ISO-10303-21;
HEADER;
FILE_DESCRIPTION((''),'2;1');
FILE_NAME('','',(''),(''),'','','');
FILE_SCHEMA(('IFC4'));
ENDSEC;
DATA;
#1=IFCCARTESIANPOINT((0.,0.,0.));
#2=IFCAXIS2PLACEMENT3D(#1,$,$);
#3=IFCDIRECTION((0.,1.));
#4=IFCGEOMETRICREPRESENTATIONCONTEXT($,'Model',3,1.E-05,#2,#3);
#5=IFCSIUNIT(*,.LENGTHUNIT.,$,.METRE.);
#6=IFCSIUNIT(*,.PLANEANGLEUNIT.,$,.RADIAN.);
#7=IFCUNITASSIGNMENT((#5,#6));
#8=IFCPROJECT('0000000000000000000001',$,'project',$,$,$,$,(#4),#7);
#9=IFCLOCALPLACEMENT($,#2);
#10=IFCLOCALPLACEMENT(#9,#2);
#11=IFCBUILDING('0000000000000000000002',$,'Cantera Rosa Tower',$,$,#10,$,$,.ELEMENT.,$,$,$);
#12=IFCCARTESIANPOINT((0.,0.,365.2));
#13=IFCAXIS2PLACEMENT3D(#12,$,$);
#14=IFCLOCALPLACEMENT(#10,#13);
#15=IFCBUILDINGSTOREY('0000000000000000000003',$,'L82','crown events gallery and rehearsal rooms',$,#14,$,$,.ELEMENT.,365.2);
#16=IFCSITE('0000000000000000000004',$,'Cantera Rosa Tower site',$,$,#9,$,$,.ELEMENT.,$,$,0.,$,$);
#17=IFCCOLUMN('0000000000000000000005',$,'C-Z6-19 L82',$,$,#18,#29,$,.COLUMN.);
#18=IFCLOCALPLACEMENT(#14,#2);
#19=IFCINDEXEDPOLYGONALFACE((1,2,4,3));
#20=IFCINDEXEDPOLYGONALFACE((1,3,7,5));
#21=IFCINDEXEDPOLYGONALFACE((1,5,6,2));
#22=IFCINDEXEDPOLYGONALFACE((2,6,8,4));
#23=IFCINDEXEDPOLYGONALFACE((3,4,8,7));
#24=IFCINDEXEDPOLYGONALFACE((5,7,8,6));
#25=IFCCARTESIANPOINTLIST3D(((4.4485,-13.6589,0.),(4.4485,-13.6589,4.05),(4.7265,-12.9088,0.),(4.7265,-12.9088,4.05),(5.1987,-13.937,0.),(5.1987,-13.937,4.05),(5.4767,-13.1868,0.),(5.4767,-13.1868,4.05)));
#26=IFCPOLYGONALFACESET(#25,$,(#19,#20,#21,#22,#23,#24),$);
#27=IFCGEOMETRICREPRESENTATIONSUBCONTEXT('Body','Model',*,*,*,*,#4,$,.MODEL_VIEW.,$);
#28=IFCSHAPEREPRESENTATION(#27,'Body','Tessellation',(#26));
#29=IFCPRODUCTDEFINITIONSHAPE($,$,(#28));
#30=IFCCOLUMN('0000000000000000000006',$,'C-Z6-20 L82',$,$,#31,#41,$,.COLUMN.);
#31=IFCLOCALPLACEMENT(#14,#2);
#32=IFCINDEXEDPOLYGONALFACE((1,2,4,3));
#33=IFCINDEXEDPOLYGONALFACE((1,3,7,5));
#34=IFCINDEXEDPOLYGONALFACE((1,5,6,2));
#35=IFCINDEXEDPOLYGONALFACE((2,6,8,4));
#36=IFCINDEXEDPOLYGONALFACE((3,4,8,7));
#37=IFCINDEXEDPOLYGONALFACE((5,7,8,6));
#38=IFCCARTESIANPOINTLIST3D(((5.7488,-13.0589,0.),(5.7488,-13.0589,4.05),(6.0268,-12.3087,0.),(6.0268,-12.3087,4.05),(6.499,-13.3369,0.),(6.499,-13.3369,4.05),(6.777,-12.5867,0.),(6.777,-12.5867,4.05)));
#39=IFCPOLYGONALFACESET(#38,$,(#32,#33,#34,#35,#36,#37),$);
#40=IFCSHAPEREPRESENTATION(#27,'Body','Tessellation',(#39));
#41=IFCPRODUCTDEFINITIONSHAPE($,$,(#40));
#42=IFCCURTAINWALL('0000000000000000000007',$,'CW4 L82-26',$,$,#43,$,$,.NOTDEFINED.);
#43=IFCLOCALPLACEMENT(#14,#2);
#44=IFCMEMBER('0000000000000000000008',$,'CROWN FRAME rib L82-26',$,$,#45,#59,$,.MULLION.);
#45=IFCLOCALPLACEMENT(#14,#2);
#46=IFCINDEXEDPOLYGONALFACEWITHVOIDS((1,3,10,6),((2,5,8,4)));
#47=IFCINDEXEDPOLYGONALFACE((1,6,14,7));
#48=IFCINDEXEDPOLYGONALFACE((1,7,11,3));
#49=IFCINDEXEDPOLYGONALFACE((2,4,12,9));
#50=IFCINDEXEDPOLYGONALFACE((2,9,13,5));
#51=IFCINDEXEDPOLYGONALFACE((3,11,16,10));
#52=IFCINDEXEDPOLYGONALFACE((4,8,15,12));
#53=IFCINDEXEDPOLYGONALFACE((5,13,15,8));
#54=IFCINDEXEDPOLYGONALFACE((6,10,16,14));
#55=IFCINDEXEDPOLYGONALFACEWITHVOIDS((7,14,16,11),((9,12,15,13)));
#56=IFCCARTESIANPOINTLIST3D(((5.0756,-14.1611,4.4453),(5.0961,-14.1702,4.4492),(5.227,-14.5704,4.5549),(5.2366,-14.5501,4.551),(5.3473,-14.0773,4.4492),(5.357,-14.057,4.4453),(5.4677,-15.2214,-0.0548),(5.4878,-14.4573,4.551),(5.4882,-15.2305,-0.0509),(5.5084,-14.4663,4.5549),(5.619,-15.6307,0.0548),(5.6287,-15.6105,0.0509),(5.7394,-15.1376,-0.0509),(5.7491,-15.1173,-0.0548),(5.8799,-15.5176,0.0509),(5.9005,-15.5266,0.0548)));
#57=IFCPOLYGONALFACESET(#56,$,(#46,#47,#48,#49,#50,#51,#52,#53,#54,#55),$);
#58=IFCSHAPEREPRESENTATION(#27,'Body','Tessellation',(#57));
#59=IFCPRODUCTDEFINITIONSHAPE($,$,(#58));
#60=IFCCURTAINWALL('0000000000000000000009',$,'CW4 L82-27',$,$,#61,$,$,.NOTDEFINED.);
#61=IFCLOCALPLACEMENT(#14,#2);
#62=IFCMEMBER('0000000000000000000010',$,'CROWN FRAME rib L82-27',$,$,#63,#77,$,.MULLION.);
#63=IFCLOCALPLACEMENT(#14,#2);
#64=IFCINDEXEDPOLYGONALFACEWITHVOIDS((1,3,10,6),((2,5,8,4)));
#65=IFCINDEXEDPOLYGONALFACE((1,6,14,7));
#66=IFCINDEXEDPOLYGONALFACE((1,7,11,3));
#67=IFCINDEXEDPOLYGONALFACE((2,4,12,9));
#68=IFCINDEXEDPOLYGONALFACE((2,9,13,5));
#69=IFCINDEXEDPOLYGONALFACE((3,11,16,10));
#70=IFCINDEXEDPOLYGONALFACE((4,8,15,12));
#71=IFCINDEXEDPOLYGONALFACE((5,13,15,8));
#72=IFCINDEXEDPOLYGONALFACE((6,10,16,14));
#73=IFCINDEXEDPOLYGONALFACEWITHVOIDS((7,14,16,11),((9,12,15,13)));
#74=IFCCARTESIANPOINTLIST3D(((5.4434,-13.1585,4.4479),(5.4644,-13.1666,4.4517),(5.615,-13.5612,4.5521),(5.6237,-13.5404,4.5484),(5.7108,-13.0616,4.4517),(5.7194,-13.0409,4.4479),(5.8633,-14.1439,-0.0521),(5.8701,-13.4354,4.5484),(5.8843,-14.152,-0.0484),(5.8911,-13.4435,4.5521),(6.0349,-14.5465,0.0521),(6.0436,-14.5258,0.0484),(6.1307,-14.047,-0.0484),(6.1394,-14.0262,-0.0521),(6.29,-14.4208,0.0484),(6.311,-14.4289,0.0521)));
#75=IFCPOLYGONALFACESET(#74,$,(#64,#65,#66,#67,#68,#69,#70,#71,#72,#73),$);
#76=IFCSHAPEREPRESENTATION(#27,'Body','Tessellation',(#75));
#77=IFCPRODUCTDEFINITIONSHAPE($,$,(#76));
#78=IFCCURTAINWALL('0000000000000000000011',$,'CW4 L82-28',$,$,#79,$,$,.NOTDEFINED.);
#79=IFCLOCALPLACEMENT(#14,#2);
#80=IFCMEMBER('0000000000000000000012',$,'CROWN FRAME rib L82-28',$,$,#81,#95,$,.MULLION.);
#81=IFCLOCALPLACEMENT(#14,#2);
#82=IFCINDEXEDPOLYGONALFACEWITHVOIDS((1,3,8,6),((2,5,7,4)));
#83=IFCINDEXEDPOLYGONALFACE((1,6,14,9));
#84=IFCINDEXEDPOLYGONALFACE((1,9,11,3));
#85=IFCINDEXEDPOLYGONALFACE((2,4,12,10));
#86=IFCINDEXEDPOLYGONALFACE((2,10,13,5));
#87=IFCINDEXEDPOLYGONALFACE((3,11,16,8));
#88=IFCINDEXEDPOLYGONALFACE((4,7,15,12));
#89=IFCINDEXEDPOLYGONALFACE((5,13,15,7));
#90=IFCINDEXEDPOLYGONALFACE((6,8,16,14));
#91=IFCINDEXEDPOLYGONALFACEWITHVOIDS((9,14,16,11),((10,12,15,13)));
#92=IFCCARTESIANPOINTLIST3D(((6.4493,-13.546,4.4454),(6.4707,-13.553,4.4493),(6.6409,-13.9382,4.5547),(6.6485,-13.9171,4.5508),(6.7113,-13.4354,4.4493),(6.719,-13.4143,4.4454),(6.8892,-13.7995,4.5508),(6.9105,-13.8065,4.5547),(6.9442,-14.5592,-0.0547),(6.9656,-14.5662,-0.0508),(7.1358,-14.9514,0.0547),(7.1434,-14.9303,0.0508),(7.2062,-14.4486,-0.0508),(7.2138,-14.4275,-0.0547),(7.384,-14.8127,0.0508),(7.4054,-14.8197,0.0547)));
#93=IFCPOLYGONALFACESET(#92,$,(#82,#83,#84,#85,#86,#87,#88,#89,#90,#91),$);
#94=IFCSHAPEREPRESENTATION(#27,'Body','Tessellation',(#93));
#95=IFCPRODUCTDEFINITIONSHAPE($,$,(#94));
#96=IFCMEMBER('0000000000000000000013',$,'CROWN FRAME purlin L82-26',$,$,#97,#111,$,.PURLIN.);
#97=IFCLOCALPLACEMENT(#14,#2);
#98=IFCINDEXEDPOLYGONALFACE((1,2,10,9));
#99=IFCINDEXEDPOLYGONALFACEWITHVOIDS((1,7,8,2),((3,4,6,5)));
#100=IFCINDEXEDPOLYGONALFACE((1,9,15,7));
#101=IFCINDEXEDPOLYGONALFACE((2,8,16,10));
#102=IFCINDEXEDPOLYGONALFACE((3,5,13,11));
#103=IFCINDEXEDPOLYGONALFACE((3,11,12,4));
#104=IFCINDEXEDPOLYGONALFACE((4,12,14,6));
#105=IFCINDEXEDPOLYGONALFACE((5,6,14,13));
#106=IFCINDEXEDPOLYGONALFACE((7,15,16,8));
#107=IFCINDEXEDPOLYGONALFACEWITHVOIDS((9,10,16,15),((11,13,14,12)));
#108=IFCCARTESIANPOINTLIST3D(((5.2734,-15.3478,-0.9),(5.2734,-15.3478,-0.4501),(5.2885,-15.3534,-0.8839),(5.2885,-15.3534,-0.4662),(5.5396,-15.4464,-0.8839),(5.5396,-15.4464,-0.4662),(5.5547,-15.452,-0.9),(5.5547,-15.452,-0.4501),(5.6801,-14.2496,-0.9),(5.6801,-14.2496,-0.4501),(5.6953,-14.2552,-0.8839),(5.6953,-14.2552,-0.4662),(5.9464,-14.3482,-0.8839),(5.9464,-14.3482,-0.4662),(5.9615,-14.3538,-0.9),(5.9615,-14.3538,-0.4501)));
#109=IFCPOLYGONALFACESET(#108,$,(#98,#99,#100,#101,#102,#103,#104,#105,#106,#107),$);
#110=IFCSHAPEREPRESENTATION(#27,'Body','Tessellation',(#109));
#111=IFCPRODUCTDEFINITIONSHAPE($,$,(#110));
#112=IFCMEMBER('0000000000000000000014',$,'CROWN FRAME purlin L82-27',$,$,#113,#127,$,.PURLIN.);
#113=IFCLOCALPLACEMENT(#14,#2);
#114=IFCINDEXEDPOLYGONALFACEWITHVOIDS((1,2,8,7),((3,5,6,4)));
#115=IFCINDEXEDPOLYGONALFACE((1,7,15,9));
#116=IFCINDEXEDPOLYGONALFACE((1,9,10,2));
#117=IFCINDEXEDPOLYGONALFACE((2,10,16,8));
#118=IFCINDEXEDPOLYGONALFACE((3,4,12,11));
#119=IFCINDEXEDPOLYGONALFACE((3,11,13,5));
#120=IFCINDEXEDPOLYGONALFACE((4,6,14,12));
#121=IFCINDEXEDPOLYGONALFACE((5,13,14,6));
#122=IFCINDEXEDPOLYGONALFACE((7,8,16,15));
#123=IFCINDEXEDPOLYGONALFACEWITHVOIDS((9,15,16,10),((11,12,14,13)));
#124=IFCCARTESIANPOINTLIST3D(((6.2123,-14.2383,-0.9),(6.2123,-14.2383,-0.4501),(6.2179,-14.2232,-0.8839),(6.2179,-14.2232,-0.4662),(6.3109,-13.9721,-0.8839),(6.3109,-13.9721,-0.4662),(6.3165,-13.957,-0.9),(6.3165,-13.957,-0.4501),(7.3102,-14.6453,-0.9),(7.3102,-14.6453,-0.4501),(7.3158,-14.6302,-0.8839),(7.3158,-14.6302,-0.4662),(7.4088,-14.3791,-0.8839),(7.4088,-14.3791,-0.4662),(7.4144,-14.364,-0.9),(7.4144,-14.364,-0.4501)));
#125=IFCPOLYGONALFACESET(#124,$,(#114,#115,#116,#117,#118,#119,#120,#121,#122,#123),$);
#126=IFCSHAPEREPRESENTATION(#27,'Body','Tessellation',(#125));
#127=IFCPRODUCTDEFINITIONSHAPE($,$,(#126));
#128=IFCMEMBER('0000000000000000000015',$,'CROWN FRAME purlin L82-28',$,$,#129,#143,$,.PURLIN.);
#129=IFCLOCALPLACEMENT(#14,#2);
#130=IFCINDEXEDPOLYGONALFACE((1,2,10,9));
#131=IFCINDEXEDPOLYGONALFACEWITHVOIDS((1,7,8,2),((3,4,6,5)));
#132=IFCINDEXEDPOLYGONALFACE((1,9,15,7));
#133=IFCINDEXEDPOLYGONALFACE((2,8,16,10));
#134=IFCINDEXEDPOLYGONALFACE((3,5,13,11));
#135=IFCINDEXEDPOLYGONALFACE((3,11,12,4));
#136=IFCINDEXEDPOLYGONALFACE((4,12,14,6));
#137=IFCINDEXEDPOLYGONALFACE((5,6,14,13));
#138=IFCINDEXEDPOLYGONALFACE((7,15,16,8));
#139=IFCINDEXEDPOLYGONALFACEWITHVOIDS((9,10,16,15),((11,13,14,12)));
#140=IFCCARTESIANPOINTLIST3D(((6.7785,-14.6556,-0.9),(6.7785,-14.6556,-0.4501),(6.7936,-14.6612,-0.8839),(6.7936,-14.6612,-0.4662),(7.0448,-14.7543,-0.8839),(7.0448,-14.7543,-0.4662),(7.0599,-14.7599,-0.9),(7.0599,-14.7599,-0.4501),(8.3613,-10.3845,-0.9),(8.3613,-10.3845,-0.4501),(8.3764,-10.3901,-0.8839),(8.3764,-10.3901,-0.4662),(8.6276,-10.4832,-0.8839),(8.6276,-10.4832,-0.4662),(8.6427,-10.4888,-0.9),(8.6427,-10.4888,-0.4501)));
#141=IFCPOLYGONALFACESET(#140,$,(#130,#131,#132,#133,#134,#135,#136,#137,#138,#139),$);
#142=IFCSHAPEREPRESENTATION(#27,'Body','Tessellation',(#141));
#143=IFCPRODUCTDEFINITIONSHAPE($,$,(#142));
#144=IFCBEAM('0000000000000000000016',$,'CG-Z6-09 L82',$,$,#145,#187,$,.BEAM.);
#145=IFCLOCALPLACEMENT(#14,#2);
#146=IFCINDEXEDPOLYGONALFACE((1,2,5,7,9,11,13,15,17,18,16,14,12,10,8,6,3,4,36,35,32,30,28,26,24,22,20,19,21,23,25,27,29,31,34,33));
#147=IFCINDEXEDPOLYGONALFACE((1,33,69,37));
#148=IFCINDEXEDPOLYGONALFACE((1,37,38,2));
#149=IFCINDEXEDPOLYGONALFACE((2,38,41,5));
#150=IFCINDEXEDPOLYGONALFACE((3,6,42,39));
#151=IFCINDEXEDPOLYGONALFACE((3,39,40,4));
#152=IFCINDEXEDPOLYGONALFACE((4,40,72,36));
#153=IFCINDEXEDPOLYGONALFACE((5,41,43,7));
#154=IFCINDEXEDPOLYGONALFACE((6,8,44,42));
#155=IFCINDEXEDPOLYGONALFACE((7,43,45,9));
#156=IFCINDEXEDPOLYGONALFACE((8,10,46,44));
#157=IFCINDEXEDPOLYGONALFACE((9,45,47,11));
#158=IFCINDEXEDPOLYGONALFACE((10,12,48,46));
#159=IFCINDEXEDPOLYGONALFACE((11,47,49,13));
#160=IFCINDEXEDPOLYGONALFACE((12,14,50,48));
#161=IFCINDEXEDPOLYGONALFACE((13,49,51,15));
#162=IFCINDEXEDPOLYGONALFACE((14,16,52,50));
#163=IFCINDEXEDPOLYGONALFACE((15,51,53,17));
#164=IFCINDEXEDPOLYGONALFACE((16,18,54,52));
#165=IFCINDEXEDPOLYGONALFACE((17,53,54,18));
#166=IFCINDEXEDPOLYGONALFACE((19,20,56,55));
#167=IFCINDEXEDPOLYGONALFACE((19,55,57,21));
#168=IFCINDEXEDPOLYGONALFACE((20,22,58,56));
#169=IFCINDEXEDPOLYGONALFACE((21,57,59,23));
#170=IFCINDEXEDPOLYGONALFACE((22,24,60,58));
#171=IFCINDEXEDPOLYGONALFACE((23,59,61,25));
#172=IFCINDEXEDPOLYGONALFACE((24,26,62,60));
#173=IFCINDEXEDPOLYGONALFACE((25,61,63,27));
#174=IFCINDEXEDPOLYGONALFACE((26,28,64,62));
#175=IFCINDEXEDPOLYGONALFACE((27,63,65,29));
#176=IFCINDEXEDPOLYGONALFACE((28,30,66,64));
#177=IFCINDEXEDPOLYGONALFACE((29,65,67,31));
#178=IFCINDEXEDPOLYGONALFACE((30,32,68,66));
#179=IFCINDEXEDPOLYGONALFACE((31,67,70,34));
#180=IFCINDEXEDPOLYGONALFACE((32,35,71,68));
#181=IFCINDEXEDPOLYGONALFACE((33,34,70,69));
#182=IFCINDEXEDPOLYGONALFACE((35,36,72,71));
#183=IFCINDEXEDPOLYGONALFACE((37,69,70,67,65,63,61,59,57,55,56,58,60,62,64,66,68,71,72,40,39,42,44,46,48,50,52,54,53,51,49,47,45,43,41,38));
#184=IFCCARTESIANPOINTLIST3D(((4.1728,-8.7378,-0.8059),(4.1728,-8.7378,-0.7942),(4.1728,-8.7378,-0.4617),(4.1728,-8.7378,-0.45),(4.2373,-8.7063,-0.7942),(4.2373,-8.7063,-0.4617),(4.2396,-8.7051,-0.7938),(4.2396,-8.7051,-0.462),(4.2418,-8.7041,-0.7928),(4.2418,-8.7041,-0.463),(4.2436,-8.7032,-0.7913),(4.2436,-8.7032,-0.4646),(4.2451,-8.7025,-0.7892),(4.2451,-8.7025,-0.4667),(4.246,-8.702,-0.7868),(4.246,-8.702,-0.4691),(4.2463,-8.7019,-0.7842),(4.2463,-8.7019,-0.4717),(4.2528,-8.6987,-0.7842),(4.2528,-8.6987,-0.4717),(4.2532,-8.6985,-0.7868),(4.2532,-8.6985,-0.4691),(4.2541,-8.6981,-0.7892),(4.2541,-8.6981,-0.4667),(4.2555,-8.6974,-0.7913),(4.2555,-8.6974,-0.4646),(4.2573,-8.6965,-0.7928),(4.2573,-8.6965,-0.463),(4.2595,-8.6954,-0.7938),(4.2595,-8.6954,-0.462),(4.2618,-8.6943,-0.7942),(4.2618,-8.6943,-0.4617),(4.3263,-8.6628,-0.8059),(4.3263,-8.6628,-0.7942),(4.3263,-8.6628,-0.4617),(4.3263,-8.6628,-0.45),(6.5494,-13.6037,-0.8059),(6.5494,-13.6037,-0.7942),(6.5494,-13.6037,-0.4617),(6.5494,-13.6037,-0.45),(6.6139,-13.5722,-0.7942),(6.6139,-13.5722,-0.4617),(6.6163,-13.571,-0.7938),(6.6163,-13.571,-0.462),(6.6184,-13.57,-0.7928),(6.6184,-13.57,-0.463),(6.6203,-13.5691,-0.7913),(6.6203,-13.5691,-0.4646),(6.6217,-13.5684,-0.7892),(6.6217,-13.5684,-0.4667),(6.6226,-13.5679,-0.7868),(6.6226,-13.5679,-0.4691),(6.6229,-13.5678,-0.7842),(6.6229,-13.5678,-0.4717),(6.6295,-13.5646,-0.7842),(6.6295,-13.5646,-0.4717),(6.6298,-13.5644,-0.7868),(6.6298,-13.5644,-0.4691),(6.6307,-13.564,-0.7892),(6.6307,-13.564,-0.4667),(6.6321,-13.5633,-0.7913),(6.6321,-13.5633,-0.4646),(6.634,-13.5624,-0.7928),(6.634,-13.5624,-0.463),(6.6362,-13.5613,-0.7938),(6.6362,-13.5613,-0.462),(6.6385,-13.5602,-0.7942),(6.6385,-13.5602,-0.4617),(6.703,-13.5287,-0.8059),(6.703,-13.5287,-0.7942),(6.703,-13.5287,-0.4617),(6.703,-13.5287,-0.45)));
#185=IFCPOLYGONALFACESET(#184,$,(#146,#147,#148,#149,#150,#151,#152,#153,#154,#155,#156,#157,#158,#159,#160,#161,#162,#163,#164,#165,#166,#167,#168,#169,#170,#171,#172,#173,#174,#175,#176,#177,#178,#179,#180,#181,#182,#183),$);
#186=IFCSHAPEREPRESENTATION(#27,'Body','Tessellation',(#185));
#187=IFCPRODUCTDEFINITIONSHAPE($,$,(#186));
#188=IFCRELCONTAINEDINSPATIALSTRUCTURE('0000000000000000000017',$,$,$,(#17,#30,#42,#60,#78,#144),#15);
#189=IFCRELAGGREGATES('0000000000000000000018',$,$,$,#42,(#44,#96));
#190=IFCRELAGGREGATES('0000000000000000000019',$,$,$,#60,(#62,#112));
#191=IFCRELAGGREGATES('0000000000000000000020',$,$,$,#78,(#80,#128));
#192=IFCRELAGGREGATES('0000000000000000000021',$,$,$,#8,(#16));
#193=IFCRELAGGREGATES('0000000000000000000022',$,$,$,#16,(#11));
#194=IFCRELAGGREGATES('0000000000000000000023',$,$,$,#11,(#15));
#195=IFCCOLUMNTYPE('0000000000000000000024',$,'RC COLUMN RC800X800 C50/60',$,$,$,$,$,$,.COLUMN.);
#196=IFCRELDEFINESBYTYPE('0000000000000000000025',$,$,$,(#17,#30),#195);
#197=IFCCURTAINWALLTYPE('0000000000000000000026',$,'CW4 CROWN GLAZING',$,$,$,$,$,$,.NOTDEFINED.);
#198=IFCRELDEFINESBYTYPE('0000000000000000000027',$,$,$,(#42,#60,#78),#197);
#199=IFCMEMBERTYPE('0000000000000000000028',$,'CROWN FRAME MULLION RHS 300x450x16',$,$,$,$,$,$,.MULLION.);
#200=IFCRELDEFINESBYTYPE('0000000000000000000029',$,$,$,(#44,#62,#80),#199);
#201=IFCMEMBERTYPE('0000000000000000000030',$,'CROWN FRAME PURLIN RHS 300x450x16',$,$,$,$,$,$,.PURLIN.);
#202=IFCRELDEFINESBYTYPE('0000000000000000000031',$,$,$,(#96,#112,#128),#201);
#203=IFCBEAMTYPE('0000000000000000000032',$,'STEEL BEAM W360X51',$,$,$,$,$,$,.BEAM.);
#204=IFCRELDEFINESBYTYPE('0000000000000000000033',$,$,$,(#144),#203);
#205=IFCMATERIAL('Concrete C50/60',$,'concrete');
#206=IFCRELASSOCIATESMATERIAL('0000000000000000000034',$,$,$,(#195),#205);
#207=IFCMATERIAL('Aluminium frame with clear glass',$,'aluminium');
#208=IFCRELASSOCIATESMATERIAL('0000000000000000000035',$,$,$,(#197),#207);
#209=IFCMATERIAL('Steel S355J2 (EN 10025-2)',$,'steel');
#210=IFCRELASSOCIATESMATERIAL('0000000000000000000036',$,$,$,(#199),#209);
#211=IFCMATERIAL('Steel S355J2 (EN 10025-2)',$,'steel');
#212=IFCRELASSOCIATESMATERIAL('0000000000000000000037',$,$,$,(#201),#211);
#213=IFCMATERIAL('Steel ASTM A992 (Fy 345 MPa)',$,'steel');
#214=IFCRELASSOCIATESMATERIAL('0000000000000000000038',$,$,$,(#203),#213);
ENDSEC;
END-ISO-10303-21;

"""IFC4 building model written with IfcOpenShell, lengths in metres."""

from ifc_helpers import new_model, si_unit, direction, frame, origin, origin_2d, place, context, subcontext, project, spatial, rectangle, hollow_rectangle, i_section, extrude, material, material_profile, profile_set, type_object, element, aggregate, save


model = new_model("IFC4")

# Units and contexts
model_context = context("Model", 3, precision=1e-05, world=origin(), true_north=direction((0.0, 1.0)))
body_context = subcontext(model_context, "Body", "Model", "MODEL_VIEW")
ifc_project = project(units=[si_unit("LENGTHUNIT", "METRE"), si_unit("PLANEANGLEUNIT", "RADIAN")], contexts=[model_context])

# Site, building, storey
site_placement = place(None, origin())
site = spatial("IfcSite", under=ifc_project, at=site_placement, Name="Cantera Rosa Tower site", CompositionType="ELEMENT", RefElevation=0.0)
building_placement = place(site_placement, origin())
building = spatial("IfcBuilding", under=site, at=building_placement, Name="Cantera Rosa Tower", CompositionType="ELEMENT")
storey_placement = place(building_placement, frame((0.0, 0.0, 365.2)))
storey = spatial("IfcBuildingStorey", under=building, at=storey_placement, Name="L82", Description="crown events gallery and rehearsal rooms", CompositionType="ELEMENT", Elevation=365.2)

# Columns
ifc_material_1 = material(Name="Concrete C50/60", Category="concrete")
ifc_material_profile_1 = material_profile(ifc_material_1, rectangle(XDim=0.8, YDim=0.8, at=origin_2d()), Name="RC COLUMN RC800X800 C50/60")
ifc_profile_set_1 = profile_set([ifc_material_profile_1], Name="Concrete C50/60")
column_type = type_object("IfcColumnType", Name="RC COLUMN RC800X800 C50/60", PredefinedType="COLUMN", material=ifc_profile_set_1)
for number, where, z_axis, x_axis, name in (
    (1, (4.9626, -13.4229, 0.0), (0.0, 0.0, 1.0), (0.347481, 0.937687, 0.0), "C-Z6-19 L82"),
    (2, (6.2629, -12.8228, 0.0), (0.0, 0.0, 1.0), (0.347481, 0.937687, 0.0), "C-Z6-20 L82"),
):
    element("IfcColumn", number, at=place(storey_placement, frame(where, z_axis=z_axis, x_axis=x_axis)), inside=storey, type_object=column_type, Name=name, PredefinedType="COLUMN", context=body_context, shape_type="SweptSolid", body=[
        extrude(rectangle(XDim=0.8, YDim=0.8, at=origin_2d()), origin(), (0.0, 0.0, 1.0), 4.05),
    ])

# Curtain walls, members
ifc_material_2 = material(Name="Aluminium frame with clear glass", Category="aluminium")
curtain_wall_type = type_object("IfcCurtainWallType", Name="CW4 CROWN GLAZING", PredefinedType="NOTDEFINED", material=ifc_material_2)
curtain_wall_1_placement = place(storey_placement, origin())
curtain_wall_1 = element("IfcCurtainWall", 3, at=curtain_wall_1_placement, inside=storey, type_object=curtain_wall_type, Name="CW4 L82-26", PredefinedType="NOTDEFINED")
ifc_material_3 = material(Name="Steel S355J2 (EN 10025-2)", Category="steel")
ifc_material_profile_2 = material_profile(ifc_material_3, hollow_rectangle(XDim=0.3, YDim=0.45, WallThickness=0.0161, at=origin_2d()), Name="CROWN FRAME MULLION RHS 300x450x16")
ifc_profile_set_2 = profile_set([ifc_material_profile_2], Name="Steel S355J2 (EN 10025-2)")
member_type_1 = type_object("IfcMemberType", Name="CROWN FRAME MULLION RHS 300x450x16", PredefinedType="MULLION", material=ifc_profile_set_2)
member_1_placement = place(storey_placement, frame((5.6841, -15.374, 0.0), z_axis=(-0.084505, 0.228522, 0.969864), x_axis=(-0.937926, -0.346836, 0.0)))
member_1 = element("IfcMember", 4, at=member_1_placement, type_object=member_type_1, Name="CROWN FRAME rib L82-26", PredefinedType="MULLION", context=body_context, shape_type="SweptSolid", body=[
    extrude(hollow_rectangle(XDim=0.3, YDim=0.45, WallThickness=0.0161, at=origin_2d()), origin(), (0.0, 0.0, 1.0), 4.6399),
])
curtain_wall_2_placement = place(storey_placement, origin())
curtain_wall_2 = element("IfcCurtainWall", 5, at=curtain_wall_2_placement, inside=storey, type_object=curtain_wall_type, Name="CW4 L82-27", PredefinedType="NOTDEFINED")
member_2_placement = place(storey_placement, frame((6.0872, -14.2864, 0.0), z_axis=(-0.09078, 0.213016, 0.972822), x_axis=(-0.919945, -0.392048, 0.0)))
member_2 = element("IfcMember", 6, at=member_2_placement, type_object=member_type_1, Name="CROWN FRAME rib L82-27", PredefinedType="MULLION", context=body_context, shape_type="SweptSolid", body=[
    extrude(hollow_rectangle(XDim=0.3, YDim=0.45, WallThickness=0.0161, at=origin_2d()), origin(), (0.0, 0.0, 1.0), 4.6257),
])
curtain_wall_3_placement = place(storey_placement, origin())
curtain_wall_3 = element("IfcCurtainWall", 7, at=curtain_wall_3_placement, inside=storey, type_object=curtain_wall_type, Name="CW4 L82-28", PredefinedType="NOTDEFINED")
member_3_placement = place(storey_placement, frame((7.1748, -14.6895, 0.0), z_axis=(-0.106674, 0.2184, 0.970011), x_axis=(-0.898546, -0.43888, 0.0)))
member_3 = element("IfcMember", 8, at=member_3_placement, type_object=member_type_1, Name="CROWN FRAME rib L82-28", PredefinedType="MULLION", context=body_context, shape_type="SweptSolid", body=[
    extrude(hollow_rectangle(XDim=0.3, YDim=0.45, WallThickness=0.0161, at=origin_2d()), origin(), (0.0, 0.0, 1.0), 4.6392),
])

# Members
ifc_material_4 = material(Name="Steel S355J2 (EN 10025-2)", Category="steel")
ifc_material_profile_3 = material_profile(ifc_material_4, hollow_rectangle(XDim=0.3, YDim=0.45, WallThickness=0.0161, at=origin_2d()), Name="CROWN FRAME PURLIN RHS 300x450x16")
ifc_profile_set_3 = profile_set([ifc_material_profile_3], Name="Steel S355J2 (EN 10025-2)")
member_type_2 = type_object("IfcMemberType", Name="CROWN FRAME PURLIN RHS 300x450x16", PredefinedType="PURLIN", material=ifc_profile_set_3)
member_4_placement = place(storey_placement, frame((5.4141, -15.3999, -0.675), z_axis=(0.347328, 0.937744, 0.0), x_axis=(-0.937744, 0.347328, 0.0)))
member_4 = element("IfcMember", 9, at=member_4_placement, type_object=member_type_2, Name="CROWN FRAME purlin L82-26", PredefinedType="PURLIN", context=body_context, shape_type="SweptSolid", body=[
    extrude(hollow_rectangle(XDim=0.3, YDim=0.45, WallThickness=0.0161, at=origin_2d()), origin(), (0.0, 0.0, 1.0), 1.1711),
])
member_5_placement = place(storey_placement, frame((6.2644, -14.0977, -0.675), z_axis=(0.937651, -0.347579, 0.0), x_axis=(0.347579, 0.937651, 0.0)))
member_5 = element("IfcMember", 10, at=member_5_placement, type_object=member_type_2, Name="CROWN FRAME purlin L82-27", PredefinedType="PURLIN", context=body_context, shape_type="SweptSolid", body=[
    extrude(hollow_rectangle(XDim=0.3, YDim=0.45, WallThickness=0.0161, at=origin_2d()), origin(), (0.0, 0.0, 1.0), 1.1709),
])
member_6_placement = place(storey_placement, frame((6.9192, -14.7078, -0.675), z_axis=(0.347491, 0.937683, 0.0), x_axis=(-0.937683, 0.347491, 0.0)))
member_6 = element("IfcMember", 11, at=member_6_placement, type_object=member_type_2, Name="CROWN FRAME purlin L82-28", PredefinedType="PURLIN", context=body_context, shape_type="SweptSolid", body=[
    extrude(hollow_rectangle(XDim=0.3, YDim=0.45, WallThickness=0.0161, at=origin_2d()), origin(), (0.0, 0.0, 1.0), 4.5549),
])

# Beam
ifc_material_5 = material(Name="Steel ASTM A992 (Fy 345 MPa)", Category="steel")
ifc_material_profile_4 = material_profile(ifc_material_5, i_section(OverallWidth=0.1709, OverallDepth=0.356, WebThickness=0.0073, FlangeThickness=0.0117, FilletRadius=0.01, at=origin_2d()), Name="W360X51")
ifc_profile_set_4 = profile_set([ifc_material_profile_4], Name="Steel ASTM A992 (Fy 345 MPa)")
beam_type_1 = type_object("IfcBeamType", Name="STEEL BEAM W360X51", PredefinedType="BEAM", material=ifc_profile_set_4)
beam_1_placement = place(storey_placement, frame((6.6262, -13.5662, -0.6279), z_axis=(-0.438881, 0.898545, 0.0), x_axis=(-0.898545, -0.438881, 0.0)))
element("IfcBeam", 12, at=beam_1_placement, inside=storey, type_object=beam_type_1, Name="CG-Z6-09 L82", PredefinedType="BEAM", context=body_context, shape_type="SweptSolid", body=[
    extrude(i_section(OverallWidth=0.1709, OverallDepth=0.356, WebThickness=0.0073, FlangeThickness=0.0117, FilletRadius=0.01, at=origin_2d()), origin(), (0.0, 0.0, 1.0), 5.4153),
])

aggregate(curtain_wall_1, [member_1, member_4])
aggregate(curtain_wall_2, [member_2, member_5])
aggregate(curtain_wall_3, [member_3, member_6])

save(model, "model.ifc")
